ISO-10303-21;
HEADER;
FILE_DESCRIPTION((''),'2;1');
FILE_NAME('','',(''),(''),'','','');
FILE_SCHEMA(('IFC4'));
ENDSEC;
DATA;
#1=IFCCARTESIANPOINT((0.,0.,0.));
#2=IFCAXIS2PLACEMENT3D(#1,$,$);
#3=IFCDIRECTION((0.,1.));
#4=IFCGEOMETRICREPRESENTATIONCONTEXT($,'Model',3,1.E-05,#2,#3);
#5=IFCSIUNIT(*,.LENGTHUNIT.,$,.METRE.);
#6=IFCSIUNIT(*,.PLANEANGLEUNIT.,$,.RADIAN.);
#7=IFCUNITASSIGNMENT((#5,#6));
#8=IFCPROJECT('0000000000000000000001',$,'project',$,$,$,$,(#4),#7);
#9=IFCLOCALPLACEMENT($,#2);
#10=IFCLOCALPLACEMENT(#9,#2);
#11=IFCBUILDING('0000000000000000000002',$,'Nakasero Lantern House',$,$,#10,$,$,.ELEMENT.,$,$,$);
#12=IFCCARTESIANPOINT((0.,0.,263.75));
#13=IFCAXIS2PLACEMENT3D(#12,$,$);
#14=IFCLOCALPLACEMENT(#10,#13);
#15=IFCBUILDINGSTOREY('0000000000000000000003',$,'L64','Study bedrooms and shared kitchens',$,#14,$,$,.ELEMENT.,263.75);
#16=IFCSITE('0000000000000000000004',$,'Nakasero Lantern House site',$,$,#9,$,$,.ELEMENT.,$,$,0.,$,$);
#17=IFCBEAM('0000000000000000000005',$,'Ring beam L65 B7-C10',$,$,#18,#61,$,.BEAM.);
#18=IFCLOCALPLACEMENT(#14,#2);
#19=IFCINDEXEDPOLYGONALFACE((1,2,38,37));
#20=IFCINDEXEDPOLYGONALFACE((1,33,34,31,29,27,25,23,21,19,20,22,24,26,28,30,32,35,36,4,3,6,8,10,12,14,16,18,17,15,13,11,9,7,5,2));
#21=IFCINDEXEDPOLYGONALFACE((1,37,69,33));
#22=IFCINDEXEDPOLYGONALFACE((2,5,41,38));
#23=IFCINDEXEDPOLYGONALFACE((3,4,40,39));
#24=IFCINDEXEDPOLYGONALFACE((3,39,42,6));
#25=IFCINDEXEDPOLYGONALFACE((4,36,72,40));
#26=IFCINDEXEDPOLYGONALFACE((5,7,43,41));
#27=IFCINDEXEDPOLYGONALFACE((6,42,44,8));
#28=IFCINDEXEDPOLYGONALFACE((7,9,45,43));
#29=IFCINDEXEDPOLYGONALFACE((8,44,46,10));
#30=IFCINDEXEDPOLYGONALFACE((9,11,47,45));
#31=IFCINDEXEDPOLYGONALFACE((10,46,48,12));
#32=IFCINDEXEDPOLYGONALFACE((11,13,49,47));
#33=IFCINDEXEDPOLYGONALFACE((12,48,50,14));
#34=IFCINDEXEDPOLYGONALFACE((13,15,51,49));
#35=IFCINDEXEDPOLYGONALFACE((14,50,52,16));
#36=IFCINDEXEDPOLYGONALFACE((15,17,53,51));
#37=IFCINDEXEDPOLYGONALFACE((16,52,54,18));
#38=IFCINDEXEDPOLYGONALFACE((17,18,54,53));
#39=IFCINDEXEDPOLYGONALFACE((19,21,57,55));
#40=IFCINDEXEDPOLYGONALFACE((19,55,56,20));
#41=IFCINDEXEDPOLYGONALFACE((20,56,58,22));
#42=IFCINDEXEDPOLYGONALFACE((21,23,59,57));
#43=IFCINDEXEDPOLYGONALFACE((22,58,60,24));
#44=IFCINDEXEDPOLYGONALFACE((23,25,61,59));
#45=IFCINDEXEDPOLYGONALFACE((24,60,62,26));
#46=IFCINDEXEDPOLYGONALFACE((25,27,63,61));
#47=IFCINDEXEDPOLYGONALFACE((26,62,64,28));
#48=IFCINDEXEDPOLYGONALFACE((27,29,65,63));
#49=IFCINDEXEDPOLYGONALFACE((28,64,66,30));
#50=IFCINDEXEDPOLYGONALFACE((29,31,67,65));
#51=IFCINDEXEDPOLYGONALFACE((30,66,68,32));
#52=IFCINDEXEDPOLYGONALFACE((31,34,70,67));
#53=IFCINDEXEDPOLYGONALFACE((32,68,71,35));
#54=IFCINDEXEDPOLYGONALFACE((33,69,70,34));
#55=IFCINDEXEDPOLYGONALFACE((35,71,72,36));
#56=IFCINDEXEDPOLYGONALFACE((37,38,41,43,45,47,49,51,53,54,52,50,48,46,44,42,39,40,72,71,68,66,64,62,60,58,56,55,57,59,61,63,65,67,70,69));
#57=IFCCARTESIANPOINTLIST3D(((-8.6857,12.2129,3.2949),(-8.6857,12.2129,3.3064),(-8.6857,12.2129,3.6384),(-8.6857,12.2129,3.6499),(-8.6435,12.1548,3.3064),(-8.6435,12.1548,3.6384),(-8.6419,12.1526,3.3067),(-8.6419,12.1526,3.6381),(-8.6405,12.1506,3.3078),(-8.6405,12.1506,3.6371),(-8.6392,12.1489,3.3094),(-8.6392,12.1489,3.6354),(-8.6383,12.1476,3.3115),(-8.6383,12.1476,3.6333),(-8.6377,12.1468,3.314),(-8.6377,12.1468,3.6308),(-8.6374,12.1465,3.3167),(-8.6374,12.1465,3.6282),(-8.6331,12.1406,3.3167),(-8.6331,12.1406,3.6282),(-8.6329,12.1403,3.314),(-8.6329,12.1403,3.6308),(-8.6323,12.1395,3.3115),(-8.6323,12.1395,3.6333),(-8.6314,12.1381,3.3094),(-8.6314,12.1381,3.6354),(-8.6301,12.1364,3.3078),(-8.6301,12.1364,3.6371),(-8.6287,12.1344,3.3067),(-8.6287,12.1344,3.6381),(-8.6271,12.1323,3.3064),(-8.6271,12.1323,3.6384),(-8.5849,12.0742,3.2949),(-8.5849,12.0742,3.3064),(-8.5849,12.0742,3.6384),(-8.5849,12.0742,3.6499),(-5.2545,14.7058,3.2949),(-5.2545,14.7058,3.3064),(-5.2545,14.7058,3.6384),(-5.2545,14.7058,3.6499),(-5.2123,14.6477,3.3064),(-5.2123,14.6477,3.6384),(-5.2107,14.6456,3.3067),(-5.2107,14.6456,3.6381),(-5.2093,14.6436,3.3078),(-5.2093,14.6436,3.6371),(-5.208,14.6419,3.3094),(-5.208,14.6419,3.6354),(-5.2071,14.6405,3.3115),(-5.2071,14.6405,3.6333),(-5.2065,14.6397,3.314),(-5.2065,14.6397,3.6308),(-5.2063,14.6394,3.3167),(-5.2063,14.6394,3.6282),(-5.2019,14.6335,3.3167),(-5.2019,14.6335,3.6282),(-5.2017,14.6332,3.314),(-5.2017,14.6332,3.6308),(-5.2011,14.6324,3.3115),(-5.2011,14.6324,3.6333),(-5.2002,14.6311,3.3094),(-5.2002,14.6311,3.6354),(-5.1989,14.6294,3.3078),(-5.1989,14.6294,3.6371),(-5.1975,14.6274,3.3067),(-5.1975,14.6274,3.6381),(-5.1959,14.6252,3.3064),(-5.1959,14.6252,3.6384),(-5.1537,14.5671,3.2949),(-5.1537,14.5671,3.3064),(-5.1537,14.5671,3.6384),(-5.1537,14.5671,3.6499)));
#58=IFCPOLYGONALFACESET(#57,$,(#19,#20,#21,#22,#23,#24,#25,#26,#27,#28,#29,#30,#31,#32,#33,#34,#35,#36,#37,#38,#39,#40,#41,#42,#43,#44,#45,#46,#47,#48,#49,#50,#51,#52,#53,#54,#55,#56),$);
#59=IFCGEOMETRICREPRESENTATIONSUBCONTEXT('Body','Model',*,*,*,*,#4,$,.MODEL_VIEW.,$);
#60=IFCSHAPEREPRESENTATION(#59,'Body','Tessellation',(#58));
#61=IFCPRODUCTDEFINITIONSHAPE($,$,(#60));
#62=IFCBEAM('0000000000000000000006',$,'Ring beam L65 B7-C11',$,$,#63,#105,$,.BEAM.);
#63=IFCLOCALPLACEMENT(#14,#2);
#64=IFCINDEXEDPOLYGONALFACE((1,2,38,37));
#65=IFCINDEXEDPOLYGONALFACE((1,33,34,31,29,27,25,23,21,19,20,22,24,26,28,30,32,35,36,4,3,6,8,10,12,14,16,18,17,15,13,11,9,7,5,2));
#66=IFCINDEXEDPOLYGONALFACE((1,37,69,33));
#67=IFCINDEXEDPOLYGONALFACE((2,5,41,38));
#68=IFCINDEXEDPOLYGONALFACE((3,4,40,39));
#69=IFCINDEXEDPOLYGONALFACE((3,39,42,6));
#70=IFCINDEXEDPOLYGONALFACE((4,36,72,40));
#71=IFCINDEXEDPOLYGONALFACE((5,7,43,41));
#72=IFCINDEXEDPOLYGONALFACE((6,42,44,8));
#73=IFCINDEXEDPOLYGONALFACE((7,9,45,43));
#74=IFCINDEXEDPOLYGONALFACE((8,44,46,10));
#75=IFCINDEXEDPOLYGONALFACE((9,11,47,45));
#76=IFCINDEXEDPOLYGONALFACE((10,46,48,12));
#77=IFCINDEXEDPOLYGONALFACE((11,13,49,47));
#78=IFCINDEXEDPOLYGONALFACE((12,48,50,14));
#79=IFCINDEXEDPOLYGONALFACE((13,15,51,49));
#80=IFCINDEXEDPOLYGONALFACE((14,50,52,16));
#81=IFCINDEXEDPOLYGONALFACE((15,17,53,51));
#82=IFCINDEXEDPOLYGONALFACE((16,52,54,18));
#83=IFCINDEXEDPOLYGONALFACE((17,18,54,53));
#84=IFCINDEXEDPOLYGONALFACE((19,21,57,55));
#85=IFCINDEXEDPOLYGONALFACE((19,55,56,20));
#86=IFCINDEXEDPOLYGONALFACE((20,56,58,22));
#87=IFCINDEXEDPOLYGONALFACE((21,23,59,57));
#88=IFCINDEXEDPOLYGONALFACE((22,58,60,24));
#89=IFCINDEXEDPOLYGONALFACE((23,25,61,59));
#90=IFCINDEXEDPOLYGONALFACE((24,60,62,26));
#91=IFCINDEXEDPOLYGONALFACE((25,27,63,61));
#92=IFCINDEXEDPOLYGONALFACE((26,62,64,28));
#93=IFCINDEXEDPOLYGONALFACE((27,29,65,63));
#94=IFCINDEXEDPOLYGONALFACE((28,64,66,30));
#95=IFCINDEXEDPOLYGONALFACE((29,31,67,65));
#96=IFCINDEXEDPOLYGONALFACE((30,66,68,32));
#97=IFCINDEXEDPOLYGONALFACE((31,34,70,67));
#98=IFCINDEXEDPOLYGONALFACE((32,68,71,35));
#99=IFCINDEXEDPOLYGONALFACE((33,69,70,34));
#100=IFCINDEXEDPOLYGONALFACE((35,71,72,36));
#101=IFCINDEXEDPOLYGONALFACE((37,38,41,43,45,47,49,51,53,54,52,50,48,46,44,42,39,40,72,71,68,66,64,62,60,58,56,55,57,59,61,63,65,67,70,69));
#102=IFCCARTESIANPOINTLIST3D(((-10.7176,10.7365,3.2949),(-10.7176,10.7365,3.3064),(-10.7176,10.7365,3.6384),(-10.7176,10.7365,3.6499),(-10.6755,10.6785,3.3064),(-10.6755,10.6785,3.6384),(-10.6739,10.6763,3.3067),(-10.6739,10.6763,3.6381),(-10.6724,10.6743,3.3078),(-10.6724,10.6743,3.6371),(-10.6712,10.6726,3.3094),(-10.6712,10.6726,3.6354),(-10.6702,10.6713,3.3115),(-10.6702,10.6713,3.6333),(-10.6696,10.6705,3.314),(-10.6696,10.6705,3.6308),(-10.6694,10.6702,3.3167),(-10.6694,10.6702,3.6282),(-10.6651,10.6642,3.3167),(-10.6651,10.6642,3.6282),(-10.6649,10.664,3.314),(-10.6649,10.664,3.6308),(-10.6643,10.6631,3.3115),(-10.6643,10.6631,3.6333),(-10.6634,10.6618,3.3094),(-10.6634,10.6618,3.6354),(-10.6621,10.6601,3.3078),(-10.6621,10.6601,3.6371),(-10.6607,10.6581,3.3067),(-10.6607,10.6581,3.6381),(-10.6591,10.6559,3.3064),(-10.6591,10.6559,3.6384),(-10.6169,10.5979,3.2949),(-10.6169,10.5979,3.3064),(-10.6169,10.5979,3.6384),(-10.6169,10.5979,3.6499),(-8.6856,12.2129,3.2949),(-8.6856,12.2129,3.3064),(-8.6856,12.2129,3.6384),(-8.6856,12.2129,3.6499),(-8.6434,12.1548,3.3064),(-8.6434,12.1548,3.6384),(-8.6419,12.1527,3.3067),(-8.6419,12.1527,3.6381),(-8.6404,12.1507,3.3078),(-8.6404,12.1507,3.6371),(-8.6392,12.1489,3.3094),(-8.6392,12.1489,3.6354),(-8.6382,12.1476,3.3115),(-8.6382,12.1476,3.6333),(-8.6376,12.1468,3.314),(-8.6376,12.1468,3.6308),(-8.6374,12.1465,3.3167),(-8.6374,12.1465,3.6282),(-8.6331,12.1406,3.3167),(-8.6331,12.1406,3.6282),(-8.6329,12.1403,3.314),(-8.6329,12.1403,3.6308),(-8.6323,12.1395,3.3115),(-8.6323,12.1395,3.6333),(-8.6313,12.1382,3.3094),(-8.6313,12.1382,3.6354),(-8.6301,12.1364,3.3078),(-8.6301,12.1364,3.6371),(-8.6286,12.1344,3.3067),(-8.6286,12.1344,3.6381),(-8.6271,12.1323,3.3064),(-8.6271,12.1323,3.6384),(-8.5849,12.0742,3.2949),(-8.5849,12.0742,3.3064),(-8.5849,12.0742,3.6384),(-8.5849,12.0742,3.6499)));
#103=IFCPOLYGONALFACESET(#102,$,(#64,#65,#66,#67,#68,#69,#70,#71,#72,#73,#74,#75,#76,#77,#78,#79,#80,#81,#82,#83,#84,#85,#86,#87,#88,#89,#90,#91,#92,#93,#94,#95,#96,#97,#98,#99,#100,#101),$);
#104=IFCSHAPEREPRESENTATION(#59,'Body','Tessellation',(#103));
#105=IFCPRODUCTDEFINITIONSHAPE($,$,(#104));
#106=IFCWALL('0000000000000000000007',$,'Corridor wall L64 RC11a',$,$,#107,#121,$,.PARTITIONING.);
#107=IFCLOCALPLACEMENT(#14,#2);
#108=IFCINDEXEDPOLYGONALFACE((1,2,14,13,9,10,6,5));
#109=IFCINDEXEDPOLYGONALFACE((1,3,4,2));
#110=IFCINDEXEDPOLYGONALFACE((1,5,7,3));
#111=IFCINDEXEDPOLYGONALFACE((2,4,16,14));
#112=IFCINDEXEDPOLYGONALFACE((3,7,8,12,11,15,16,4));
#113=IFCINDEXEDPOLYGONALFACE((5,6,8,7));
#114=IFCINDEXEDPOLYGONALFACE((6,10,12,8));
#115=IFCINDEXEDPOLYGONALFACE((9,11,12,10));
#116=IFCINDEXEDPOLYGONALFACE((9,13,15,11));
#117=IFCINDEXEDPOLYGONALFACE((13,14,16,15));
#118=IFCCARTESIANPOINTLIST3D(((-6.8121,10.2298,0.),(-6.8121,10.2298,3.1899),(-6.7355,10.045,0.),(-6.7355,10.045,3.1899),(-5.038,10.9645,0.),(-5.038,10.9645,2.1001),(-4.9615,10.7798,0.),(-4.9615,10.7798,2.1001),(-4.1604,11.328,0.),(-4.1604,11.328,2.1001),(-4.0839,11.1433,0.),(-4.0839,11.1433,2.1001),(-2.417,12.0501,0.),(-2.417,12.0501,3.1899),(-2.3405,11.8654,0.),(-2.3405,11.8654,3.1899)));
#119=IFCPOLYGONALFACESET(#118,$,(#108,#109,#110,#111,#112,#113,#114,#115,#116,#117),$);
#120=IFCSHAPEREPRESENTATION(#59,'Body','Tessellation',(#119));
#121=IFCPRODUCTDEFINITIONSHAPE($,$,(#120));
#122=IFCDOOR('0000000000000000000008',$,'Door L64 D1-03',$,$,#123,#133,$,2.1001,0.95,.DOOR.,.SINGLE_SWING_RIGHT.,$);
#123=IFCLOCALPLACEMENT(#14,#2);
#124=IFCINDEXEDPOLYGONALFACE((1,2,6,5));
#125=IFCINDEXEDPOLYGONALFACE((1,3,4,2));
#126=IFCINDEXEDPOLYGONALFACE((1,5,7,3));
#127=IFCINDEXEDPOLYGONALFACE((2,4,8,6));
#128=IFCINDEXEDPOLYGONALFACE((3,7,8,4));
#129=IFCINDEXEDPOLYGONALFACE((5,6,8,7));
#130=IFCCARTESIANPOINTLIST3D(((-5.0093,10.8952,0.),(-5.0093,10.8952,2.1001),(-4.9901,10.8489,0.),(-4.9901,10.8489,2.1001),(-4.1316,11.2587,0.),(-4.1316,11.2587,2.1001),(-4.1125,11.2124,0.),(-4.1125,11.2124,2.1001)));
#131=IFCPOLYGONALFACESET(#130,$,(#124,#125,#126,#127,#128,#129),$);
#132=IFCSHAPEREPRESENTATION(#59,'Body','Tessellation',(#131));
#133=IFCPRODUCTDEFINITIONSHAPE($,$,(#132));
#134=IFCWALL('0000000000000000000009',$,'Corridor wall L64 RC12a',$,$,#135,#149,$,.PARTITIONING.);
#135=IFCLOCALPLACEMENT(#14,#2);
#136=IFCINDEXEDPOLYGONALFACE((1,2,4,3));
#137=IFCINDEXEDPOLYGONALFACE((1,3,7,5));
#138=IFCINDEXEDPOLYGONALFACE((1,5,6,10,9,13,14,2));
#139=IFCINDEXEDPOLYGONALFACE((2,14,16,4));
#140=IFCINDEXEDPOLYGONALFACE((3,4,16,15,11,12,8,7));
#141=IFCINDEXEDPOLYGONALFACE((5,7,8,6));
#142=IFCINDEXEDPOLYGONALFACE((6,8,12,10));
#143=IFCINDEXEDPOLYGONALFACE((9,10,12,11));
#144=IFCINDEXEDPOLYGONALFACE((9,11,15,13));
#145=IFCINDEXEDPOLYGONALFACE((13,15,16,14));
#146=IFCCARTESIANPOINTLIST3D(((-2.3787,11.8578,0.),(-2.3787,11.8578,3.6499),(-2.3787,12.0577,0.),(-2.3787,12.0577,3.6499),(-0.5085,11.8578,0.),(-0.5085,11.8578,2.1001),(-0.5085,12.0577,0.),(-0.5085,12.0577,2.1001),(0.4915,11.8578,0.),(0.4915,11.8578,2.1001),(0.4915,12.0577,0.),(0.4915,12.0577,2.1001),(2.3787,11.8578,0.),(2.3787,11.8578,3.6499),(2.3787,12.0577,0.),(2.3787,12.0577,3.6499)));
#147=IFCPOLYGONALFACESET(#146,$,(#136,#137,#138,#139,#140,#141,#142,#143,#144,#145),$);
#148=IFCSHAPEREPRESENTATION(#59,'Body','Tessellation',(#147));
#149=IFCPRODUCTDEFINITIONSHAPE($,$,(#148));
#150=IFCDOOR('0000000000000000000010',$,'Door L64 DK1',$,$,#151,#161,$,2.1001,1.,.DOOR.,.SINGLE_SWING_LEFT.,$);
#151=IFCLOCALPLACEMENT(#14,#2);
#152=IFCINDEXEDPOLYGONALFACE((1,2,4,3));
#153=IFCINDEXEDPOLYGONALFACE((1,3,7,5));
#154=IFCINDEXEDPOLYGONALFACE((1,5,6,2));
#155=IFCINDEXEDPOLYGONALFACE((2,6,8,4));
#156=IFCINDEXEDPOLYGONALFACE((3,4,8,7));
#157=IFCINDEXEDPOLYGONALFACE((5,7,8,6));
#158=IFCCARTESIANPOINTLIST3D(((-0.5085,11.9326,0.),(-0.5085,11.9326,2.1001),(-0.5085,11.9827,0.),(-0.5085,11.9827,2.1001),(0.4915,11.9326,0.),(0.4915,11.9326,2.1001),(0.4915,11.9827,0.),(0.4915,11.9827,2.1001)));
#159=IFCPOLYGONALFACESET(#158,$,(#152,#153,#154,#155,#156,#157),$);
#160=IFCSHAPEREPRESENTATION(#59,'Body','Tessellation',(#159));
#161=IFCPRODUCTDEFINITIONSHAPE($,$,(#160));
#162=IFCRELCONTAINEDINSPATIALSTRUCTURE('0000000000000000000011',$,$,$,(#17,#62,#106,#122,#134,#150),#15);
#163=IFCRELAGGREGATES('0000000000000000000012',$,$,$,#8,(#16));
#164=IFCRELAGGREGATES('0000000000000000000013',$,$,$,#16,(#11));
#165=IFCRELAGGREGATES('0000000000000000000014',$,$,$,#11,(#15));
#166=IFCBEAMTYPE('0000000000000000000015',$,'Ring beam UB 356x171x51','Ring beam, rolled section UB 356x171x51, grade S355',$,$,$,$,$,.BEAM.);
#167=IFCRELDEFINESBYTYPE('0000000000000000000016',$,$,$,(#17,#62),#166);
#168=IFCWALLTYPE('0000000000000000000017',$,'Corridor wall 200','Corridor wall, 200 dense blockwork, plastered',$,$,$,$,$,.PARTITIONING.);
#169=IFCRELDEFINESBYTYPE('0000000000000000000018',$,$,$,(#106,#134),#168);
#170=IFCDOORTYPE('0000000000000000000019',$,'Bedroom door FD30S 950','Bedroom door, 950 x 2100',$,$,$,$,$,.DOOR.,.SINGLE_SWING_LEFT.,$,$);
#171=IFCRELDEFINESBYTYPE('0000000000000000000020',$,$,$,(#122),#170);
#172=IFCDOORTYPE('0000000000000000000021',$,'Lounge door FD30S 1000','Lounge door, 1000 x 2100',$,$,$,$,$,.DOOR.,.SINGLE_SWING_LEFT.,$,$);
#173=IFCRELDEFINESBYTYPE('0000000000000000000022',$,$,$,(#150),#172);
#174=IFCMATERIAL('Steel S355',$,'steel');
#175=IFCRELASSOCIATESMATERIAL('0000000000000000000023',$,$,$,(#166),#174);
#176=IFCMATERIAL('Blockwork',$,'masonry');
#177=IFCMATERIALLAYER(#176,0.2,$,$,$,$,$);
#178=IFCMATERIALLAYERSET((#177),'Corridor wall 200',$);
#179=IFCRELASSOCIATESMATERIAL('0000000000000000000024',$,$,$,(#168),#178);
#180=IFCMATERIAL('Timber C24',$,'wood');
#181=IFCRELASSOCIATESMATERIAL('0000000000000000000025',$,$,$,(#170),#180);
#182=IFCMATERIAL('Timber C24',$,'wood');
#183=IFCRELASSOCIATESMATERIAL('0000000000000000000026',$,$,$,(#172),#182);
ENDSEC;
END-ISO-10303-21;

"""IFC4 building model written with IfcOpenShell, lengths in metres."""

from ifc_helpers import new_model, si_unit, direction, frame, frame_2d, origin, origin_2d, place, context, subcontext, project, spatial, rectangle, i_section, extrude, material, layer, layer_set, material_profile, profile_set, type_object, element, fill, save


model = new_model("IFC4")

# Units and contexts
model_context = context("Model", 3, precision=1e-05, world=origin(), true_north=direction((0.0, 1.0)))
body_context = subcontext(model_context, "Body", "Model", "MODEL_VIEW")
ifc_project = project(units=[si_unit("LENGTHUNIT", "METRE"), si_unit("PLANEANGLEUNIT", "RADIAN")], contexts=[model_context])

# Site, building, storey
site_placement = place(None, origin())
site = spatial("IfcSite", under=ifc_project, at=site_placement, Name="Nakasero Lantern House site", CompositionType="ELEMENT", RefElevation=0.0)
building_placement = place(site_placement, origin())
building = spatial("IfcBuilding", under=site, at=building_placement, Name="Nakasero Lantern House", CompositionType="ELEMENT")
storey_placement = place(building_placement, frame((0.0, 0.0, 263.75)))
storey = spatial("IfcBuildingStorey", under=building, at=storey_placement, Name="L64", Description="Study bedrooms and shared kitchens", CompositionType="ELEMENT", Elevation=263.75)

# Beams
ifc_material_1 = material(Name="Steel S355", Category="steel")
ifc_material_profile_1 = material_profile(ifc_material_1, i_section(OverallWidth=0.1714, OverallDepth=0.355, WebThickness=0.0073, FlangeThickness=0.0115, FilletRadius=0.0103, at=origin_2d()), Name="UB 356x171x51")
ifc_profile_set_1 = profile_set([ifc_material_profile_1], Name="Steel S355")
beam_type_1 = type_object("IfcBeamType", Name="Ring beam UB 356x171x51", Description="Ring beam, rolled section UB 356x171x51, grade S355", PredefinedType="BEAM", material=ifc_profile_set_1)
beam_1_placement = place(storey_placement, frame((-5.2041, 14.6365, 3.4724), z_axis=(-0.809012, -0.587792, 0.0), x_axis=(0.587792, -0.809012, 0.0)))
element("IfcBeam", 1, at=beam_1_placement, inside=storey, type_object=beam_type_1, Name="Ring beam L65 B7-C10", PredefinedType="BEAM", context=body_context, shape_type="SweptSolid", body=[
    extrude(i_section(OverallWidth=0.1714, OverallDepth=0.355, WebThickness=0.0073, FlangeThickness=0.0115, FilletRadius=0.0103, at=origin_2d()), origin(), (0.0, 0.0, 1.0), 4.2412),
])
beam_2_placement = place(storey_placement, frame((-8.6353, 12.1436, 3.4724), z_axis=(-0.809018, -0.587784, 0.0), x_axis=(0.587784, -0.809018, 0.0)))
element("IfcBeam", 2, at=beam_2_placement, inside=storey, type_object=beam_type_1, Name="Ring beam L65 B7-C11", PredefinedType="BEAM", context=body_context, shape_type="SweptSolid", body=[
    extrude(i_section(OverallWidth=0.1714, OverallDepth=0.355, WebThickness=0.0073, FlangeThickness=0.0115, FilletRadius=0.0103, at=origin_2d()), origin(), (0.0, 0.0, 1.0), 2.5117),
])

# Walls, openings, doors
ifc_material_2 = material(Name="Blockwork", Category="masonry")
ifc_layer_1 = layer(ifc_material_2, 0.2)
ifc_layer_set_1 = layer_set([ifc_layer_1], Name="Corridor wall 200")
wall_type_1 = type_object("IfcWallType", Name="Corridor wall 200", Description="Corridor wall, 200 dense blockwork, plastered", PredefinedType="PARTITIONING", material=ifc_layer_set_1)
wall_1_placement = place(storey_placement, frame((-6.7737, 10.1375, 0.0), z_axis=(0.0, 0.0, 1.0), x_axis=(0.923892, 0.382654, 0.0)))
wall_1 = element("IfcWall", 3, at=wall_1_placement, inside=storey, type_object=wall_type_1, Name="Corridor wall L64 RC11a", PredefinedType="PARTITIONING", context=body_context, shape_type="SweptSolid", body=[
    extrude(rectangle(XDim=4.7571, YDim=0.2, at=frame_2d((2.3784, 0.0))), origin(), (0.0, 0.0, 1.0), 3.1899),
])
opening_1_placement = place(wall_1_placement, frame((1.9199, 0.0, 0.0)))
opening_1 = element("IfcOpeningElement", 4, at=opening_1_placement, cuts=wall_1, PredefinedType="OPENING", context=body_context, shape_type="SweptSolid", body=[
    extrude(rectangle(XDim=0.95, YDim=2.1001, at=frame_2d((0.4751, 1.05))), frame((0.0, 0.1199, 0.0), z_axis=(0.0, -1.0, 0.0), x_axis=(1.0, 0.0, 0.0)), (0.0, 0.0, 1.0), 0.24),
])
ifc_material_3 = material(Name="Timber C24", Category="wood")
door_type_1 = type_object("IfcDoorType", Name="Bedroom door FD30S 950", Description="Bedroom door, 950 x 2100", OperationType="SINGLE_SWING_LEFT", PredefinedType="DOOR", material=ifc_material_3)
door_1_placement = place(opening_1_placement, origin())
door_1 = element("IfcDoor", 5, at=door_1_placement, inside=storey, type_object=door_type_1, Name="Door L64 D1-03", OperationType="SINGLE_SWING_RIGHT", OverallHeight=2.1001, OverallWidth=0.95, PredefinedType="DOOR", context=body_context, shape_type="SweptSolid", body=[
    extrude(rectangle(XDim=0.95, YDim=2.1001, at=frame_2d((0.4751, 1.05))), frame((0.0, 0.0249, 0.0), z_axis=(0.0, -1.0, 0.0), x_axis=(1.0, 0.0, 0.0)), (0.0, 0.0, 1.0), 0.05),
])
fill(opening_1, door_1)
wall_2_placement = place(storey_placement, frame((-2.3787, 11.9578, 0.0), z_axis=(0.0, 0.0, 1.0), x_axis=(1.0, 0.0, 0.0)))
wall_2 = element("IfcWall", 6, at=wall_2_placement, inside=storey, type_object=wall_type_1, Name="Corridor wall L64 RC12a", PredefinedType="PARTITIONING", context=body_context, shape_type="SweptSolid", body=[
    extrude(rectangle(XDim=4.7573, YDim=0.2, at=frame_2d((2.3787, 0.0))), origin(), (0.0, 0.0, 1.0), 3.6499),
])
opening_2_placement = place(wall_2_placement, frame((1.8701, 0.0, 0.0)))
opening_2 = element("IfcOpeningElement", 7, at=opening_2_placement, cuts=wall_2, PredefinedType="OPENING", context=body_context, shape_type="SweptSolid", body=[
    extrude(rectangle(XDim=1.0, YDim=2.1001, at=frame_2d((0.5, 1.05))), frame((0.0, 0.1199, 0.0), z_axis=(0.0, -1.0, 0.0), x_axis=(1.0, 0.0, 0.0)), (0.0, 0.0, 1.0), 0.24),
])
ifc_material_4 = material(Name="Timber C24", Category="wood")
door_type_2 = type_object("IfcDoorType", Name="Lounge door FD30S 1000", Description="Lounge door, 1000 x 2100", OperationType="SINGLE_SWING_LEFT", PredefinedType="DOOR", material=ifc_material_4)
door_2_placement = place(opening_2_placement, origin())
door_2 = element("IfcDoor", 8, at=door_2_placement, inside=storey, type_object=door_type_2, Name="Door L64 DK1", OperationType="SINGLE_SWING_LEFT", OverallHeight=2.1001, OverallWidth=1.0, PredefinedType="DOOR", context=body_context, shape_type="SweptSolid", body=[
    extrude(rectangle(XDim=1.0, YDim=2.1001, at=frame_2d((0.5, 1.05))), frame((0.0, 0.0249, 0.0), z_axis=(0.0, -1.0, 0.0), x_axis=(1.0, 0.0, 0.0)), (0.0, 0.0, 1.0), 0.05),
])
fill(opening_2, door_2)

save(model, "model.ifc")
